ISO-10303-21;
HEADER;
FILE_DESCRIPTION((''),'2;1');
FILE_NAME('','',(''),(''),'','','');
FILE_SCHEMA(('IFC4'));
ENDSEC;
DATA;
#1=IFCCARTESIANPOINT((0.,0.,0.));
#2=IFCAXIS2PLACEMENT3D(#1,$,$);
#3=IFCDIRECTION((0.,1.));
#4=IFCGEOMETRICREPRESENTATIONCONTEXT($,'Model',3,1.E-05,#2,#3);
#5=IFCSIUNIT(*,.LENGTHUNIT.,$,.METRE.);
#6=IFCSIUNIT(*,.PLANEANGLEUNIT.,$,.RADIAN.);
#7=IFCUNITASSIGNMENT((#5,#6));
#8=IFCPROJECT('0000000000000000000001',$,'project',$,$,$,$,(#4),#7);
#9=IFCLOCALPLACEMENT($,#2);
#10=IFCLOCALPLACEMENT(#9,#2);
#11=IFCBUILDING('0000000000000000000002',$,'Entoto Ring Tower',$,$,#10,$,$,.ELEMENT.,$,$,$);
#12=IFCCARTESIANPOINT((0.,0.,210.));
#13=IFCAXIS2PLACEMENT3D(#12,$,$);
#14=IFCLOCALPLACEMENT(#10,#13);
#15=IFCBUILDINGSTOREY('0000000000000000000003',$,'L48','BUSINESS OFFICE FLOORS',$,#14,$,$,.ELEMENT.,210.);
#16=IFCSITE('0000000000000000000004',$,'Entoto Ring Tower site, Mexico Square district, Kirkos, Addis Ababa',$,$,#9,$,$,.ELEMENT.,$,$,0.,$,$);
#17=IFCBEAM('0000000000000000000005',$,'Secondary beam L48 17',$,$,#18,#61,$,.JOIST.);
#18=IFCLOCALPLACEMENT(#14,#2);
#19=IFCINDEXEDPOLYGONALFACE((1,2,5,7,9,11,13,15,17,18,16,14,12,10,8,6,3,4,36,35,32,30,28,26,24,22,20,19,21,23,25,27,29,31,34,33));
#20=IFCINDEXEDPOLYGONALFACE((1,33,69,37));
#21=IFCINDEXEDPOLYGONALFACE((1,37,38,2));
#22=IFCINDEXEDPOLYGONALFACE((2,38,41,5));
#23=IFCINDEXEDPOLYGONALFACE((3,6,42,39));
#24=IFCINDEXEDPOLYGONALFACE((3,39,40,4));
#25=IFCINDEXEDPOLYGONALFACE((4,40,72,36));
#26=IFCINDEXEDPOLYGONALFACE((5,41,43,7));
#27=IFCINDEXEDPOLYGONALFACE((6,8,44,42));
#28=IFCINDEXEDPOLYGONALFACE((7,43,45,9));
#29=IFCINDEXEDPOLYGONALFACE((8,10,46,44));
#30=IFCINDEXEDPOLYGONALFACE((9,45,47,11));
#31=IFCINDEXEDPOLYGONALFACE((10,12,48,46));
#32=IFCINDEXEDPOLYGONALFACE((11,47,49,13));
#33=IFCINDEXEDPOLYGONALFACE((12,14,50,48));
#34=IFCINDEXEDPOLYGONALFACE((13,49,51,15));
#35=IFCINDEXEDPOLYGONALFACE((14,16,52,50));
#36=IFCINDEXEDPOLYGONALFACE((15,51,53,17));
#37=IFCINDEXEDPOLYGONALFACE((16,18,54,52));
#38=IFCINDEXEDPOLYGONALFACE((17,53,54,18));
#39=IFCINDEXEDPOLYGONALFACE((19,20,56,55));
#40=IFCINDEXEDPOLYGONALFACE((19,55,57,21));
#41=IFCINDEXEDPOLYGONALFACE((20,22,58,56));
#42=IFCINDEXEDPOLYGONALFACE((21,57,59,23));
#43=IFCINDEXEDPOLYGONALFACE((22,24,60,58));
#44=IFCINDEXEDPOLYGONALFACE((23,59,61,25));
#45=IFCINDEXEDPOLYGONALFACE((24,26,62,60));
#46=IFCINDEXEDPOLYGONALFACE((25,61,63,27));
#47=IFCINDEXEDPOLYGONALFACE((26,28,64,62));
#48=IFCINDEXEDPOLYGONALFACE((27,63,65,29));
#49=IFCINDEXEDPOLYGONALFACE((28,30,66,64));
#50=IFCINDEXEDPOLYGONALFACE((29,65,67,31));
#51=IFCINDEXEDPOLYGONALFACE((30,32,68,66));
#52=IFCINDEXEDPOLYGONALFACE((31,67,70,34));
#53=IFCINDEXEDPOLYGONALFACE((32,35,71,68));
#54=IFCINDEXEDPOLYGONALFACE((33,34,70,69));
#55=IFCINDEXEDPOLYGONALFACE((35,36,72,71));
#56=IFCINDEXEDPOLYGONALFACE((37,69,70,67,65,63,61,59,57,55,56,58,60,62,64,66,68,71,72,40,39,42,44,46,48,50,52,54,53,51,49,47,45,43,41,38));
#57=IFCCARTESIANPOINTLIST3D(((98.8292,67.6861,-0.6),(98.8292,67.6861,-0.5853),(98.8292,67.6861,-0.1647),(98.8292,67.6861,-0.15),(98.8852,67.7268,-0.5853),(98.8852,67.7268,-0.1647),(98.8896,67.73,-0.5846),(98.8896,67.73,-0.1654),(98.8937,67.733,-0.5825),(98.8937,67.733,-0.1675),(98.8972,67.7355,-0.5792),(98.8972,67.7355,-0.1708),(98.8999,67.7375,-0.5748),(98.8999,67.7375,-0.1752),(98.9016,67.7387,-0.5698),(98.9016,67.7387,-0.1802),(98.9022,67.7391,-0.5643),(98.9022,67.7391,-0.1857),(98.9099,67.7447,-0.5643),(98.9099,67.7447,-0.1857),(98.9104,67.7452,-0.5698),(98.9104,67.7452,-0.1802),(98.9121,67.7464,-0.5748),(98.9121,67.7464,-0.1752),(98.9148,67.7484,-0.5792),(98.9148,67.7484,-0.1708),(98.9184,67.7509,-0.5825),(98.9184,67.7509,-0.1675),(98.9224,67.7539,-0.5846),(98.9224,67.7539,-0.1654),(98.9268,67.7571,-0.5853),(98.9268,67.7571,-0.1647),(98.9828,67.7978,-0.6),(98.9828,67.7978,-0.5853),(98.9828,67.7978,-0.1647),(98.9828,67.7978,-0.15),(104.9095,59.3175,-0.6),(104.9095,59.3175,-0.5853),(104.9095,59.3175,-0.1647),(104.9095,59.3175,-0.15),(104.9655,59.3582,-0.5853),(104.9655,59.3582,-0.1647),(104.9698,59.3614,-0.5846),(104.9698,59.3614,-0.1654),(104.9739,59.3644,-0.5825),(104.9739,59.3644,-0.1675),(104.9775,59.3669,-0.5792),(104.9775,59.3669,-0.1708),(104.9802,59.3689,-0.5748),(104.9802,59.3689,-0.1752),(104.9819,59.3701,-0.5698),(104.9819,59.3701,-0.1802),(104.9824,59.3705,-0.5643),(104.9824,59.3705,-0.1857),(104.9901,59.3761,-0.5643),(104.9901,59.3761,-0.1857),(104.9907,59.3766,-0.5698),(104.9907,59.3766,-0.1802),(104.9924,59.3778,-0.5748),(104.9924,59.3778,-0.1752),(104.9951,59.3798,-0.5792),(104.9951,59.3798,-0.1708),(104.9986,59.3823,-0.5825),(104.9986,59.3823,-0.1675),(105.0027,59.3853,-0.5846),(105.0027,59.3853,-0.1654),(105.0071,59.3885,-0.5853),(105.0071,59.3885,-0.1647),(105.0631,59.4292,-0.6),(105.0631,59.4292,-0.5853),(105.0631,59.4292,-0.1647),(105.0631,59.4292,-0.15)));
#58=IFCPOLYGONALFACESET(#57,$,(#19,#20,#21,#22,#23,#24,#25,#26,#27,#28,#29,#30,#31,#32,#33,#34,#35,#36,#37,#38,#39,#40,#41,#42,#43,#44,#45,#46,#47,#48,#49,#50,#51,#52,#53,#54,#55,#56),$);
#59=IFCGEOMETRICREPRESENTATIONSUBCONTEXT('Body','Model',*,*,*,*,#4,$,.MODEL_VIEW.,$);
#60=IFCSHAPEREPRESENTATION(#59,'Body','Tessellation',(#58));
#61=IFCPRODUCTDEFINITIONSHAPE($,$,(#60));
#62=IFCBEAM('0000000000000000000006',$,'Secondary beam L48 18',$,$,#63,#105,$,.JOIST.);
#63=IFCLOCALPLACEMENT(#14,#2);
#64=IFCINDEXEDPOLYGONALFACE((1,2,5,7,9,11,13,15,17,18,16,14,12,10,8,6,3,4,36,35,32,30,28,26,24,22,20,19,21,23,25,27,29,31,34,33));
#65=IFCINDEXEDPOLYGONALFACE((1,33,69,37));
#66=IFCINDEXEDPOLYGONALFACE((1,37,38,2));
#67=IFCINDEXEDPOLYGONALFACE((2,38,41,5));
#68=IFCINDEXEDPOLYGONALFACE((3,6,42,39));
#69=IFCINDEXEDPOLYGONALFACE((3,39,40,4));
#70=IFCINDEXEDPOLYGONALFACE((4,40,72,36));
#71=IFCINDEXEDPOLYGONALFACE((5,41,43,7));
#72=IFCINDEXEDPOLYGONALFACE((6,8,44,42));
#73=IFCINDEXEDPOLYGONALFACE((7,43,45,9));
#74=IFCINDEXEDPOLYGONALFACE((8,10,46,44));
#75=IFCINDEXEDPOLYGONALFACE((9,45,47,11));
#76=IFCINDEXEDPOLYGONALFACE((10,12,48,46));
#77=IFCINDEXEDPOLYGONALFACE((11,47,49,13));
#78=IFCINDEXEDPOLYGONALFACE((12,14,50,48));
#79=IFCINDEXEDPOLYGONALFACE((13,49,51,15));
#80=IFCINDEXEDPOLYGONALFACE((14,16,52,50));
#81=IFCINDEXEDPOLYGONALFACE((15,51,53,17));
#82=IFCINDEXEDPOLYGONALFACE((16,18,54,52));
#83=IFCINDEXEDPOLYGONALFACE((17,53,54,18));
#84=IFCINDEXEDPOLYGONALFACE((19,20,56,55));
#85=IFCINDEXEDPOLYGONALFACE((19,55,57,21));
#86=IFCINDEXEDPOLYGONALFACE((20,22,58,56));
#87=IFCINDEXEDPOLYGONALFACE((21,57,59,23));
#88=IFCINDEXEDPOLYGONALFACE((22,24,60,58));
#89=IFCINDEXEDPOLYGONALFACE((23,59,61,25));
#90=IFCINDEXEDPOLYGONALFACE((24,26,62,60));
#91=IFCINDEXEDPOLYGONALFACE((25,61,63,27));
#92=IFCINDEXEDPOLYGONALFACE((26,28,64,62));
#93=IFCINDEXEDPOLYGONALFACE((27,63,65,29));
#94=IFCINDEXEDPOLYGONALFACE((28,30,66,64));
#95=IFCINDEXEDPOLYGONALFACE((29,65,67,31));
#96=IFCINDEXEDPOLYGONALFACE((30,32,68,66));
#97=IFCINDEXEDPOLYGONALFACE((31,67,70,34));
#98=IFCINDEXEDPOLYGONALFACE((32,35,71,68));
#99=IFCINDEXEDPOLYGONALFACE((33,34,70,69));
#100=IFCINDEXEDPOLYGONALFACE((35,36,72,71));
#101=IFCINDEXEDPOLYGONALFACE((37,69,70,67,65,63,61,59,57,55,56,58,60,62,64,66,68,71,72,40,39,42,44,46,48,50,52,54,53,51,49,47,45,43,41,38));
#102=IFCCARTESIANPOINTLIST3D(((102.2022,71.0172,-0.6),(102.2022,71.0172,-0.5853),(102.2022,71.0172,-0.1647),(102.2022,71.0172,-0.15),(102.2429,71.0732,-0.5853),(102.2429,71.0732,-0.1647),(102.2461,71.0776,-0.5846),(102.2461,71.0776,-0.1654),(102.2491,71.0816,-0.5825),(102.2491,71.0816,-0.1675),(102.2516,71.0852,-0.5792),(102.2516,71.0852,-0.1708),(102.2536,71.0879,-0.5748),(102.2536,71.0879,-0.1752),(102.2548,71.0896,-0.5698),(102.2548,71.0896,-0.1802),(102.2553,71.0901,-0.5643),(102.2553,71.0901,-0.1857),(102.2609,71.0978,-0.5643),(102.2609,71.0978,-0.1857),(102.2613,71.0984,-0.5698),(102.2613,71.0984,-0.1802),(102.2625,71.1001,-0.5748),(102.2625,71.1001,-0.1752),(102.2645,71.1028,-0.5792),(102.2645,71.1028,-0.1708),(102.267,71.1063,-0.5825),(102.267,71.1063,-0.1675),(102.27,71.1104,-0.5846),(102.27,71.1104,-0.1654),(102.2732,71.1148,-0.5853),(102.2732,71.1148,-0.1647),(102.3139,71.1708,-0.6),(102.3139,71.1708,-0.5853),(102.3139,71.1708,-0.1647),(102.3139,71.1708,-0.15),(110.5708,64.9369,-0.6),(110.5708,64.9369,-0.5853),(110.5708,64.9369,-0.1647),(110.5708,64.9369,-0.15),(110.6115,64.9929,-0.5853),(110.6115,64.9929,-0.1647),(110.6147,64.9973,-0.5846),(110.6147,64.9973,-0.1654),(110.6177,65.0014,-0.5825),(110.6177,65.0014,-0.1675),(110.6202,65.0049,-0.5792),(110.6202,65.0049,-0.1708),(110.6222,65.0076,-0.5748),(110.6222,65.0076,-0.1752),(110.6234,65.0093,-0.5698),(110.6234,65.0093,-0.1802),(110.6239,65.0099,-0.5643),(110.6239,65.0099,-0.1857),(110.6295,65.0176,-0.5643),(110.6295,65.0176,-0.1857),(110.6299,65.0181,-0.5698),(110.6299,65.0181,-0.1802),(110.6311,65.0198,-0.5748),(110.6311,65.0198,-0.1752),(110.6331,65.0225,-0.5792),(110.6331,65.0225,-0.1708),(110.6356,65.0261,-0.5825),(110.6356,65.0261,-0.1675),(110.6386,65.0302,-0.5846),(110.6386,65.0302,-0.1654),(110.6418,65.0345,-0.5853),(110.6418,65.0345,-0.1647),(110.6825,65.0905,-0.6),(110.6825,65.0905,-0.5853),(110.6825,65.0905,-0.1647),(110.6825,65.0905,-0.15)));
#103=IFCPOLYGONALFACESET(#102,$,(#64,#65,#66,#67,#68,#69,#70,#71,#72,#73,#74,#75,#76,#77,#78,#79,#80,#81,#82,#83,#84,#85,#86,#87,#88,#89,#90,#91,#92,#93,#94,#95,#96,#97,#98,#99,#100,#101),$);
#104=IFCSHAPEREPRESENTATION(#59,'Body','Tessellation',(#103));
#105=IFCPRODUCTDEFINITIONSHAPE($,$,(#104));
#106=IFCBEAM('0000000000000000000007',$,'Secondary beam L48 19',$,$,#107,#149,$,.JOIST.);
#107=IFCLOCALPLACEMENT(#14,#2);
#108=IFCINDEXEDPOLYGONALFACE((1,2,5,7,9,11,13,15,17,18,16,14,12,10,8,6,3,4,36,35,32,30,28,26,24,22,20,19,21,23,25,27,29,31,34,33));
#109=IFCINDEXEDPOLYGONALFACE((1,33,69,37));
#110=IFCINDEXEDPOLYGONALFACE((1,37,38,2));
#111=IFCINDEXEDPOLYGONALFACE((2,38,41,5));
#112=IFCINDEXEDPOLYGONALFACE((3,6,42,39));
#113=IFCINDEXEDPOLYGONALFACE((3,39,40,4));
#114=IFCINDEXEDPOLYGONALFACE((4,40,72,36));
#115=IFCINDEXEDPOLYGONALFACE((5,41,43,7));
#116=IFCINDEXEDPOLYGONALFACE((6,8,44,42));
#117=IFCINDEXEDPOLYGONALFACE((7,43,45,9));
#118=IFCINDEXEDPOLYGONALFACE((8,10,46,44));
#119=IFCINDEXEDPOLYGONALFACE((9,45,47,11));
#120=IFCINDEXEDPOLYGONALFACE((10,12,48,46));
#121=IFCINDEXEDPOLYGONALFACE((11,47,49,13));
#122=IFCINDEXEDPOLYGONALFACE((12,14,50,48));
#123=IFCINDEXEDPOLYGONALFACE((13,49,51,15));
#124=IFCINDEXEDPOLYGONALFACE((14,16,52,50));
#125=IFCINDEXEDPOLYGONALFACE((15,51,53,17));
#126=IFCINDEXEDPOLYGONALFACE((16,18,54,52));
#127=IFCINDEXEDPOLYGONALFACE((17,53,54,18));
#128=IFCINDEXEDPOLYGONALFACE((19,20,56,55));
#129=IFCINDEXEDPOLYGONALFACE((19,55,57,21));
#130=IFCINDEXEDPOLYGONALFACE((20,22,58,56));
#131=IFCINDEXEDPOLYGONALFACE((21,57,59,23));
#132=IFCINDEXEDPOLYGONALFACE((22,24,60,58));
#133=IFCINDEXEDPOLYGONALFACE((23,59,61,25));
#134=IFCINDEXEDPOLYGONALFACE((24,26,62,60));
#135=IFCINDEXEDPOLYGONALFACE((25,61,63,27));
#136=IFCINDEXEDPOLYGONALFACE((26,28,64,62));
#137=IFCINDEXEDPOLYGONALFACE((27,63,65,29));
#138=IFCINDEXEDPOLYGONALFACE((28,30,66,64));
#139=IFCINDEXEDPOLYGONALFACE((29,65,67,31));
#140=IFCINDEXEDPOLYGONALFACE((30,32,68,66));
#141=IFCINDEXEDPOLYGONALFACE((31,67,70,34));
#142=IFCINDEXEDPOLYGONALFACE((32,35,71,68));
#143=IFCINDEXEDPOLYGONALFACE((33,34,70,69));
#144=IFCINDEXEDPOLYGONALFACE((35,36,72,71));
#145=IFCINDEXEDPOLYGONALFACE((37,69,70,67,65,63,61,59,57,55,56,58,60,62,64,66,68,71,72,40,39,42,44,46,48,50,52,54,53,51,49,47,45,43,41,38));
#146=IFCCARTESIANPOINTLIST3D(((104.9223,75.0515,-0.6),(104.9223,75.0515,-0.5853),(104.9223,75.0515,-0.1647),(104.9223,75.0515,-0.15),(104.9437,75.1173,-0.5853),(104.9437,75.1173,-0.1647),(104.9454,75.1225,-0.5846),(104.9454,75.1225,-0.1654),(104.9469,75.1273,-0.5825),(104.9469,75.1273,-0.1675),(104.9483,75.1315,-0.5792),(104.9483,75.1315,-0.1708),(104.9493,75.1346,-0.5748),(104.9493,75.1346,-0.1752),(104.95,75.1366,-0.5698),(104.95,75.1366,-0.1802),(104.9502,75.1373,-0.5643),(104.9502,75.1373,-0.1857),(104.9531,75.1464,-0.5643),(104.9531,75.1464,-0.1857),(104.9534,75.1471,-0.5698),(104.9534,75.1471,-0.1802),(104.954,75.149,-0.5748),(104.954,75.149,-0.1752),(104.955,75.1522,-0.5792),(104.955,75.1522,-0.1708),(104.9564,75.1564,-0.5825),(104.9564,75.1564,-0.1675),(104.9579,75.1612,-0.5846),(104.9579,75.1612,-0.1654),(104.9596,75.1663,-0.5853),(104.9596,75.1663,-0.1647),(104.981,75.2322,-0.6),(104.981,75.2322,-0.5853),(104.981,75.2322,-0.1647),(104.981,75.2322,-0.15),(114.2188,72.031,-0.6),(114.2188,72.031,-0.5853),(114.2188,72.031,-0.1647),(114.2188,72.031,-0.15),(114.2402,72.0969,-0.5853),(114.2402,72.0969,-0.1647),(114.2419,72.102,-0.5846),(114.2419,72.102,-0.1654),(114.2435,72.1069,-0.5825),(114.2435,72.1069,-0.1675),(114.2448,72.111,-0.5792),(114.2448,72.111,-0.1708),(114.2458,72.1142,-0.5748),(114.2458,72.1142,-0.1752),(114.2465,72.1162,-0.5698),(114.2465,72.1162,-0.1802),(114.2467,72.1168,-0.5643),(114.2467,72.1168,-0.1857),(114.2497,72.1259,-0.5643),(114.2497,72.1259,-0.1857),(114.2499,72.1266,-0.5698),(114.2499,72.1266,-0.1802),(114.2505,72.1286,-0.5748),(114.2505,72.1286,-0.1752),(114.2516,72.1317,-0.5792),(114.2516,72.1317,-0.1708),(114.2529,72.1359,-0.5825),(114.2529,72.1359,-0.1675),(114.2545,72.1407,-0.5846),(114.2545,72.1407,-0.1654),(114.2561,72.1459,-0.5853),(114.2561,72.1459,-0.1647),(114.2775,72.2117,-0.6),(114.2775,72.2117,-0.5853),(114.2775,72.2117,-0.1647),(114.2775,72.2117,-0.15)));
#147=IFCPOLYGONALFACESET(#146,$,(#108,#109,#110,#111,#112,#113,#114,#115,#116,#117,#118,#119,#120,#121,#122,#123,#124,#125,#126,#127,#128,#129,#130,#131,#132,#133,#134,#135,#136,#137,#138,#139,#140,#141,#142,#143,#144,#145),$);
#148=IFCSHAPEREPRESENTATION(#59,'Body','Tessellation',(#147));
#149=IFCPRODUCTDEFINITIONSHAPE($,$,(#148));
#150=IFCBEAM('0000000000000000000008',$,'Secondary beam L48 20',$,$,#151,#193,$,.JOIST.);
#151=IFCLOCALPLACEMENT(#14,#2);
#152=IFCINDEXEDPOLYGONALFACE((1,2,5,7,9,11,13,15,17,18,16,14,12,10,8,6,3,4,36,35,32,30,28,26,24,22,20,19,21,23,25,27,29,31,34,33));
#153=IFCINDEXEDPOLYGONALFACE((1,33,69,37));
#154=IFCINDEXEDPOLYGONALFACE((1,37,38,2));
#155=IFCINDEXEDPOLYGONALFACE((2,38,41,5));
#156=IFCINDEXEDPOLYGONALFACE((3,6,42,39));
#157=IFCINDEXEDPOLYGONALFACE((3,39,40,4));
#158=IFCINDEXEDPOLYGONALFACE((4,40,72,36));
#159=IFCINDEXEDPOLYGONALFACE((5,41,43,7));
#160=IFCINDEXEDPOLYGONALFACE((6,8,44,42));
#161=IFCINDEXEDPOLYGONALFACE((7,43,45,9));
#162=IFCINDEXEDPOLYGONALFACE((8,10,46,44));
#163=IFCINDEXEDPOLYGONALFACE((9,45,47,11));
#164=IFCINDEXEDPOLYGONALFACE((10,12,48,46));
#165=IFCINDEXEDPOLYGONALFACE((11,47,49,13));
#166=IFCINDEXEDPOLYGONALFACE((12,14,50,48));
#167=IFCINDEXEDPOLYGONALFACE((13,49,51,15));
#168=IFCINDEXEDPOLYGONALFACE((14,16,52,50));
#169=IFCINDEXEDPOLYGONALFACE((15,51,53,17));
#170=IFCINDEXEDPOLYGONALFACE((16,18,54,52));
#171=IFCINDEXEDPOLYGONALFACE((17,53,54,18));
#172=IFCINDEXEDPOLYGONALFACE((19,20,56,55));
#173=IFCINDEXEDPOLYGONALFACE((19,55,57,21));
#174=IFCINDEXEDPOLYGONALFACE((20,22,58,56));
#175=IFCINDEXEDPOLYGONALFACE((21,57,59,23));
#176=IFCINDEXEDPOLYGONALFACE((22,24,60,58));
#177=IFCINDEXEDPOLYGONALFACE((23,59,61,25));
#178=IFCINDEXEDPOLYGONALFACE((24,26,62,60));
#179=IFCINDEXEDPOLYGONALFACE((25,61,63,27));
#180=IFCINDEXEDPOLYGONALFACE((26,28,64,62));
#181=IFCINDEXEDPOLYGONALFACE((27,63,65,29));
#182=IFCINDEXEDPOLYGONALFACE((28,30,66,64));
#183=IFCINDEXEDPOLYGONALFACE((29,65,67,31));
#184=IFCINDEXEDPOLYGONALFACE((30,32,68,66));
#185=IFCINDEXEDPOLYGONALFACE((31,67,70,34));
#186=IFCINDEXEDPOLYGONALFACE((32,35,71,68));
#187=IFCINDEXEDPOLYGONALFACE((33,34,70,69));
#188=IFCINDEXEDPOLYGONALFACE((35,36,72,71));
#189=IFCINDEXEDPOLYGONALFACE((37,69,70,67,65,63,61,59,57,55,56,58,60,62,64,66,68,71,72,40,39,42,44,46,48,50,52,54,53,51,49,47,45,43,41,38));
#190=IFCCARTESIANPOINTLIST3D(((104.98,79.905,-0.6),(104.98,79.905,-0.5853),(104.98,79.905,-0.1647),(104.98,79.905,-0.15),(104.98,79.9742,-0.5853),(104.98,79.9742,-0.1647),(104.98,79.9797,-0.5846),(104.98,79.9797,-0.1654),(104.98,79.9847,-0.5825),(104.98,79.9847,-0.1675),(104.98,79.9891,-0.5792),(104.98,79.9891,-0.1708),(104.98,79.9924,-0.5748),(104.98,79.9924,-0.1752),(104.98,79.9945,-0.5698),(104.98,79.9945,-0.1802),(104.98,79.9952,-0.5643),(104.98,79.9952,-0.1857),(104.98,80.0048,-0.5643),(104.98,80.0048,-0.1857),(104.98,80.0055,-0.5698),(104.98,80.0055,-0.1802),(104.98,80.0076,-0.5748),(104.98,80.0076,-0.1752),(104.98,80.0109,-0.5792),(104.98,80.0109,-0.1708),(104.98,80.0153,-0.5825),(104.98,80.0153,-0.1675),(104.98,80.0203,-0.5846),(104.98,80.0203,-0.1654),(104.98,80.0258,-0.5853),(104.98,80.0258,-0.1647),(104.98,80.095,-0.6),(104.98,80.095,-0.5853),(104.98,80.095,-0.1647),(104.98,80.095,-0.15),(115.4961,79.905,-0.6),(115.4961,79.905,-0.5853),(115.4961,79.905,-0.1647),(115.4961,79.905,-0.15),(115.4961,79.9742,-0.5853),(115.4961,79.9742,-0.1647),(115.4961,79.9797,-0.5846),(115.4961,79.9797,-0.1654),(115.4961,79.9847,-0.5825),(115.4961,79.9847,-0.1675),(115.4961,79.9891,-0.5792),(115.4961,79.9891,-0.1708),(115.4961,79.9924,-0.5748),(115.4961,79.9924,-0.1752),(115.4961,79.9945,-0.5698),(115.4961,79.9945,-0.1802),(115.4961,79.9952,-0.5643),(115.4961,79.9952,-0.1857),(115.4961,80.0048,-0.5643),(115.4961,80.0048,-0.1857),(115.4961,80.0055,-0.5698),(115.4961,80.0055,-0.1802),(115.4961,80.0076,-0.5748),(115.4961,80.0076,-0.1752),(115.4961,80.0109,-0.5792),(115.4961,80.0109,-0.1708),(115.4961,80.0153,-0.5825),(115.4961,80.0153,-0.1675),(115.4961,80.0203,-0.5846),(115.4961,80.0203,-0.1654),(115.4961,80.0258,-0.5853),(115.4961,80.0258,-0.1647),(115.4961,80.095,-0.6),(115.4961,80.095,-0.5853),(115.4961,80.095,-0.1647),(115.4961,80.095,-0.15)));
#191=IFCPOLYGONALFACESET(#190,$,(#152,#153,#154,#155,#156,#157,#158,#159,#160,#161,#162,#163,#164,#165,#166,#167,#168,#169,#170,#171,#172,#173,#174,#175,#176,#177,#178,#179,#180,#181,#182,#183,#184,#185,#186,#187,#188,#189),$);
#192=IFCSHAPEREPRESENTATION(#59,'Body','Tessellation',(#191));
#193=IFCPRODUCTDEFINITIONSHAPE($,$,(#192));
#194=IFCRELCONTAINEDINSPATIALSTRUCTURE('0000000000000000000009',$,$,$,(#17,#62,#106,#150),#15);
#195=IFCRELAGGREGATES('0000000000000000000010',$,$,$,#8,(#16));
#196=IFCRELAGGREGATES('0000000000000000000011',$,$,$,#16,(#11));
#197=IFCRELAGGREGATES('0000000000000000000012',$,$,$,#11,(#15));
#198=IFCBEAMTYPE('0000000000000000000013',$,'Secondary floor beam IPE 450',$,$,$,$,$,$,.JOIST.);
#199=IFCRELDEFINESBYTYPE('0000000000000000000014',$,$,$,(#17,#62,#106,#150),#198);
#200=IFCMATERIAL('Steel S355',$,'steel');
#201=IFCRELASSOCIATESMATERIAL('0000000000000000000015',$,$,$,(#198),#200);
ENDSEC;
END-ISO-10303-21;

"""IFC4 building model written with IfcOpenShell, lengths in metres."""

from ifc_helpers import new_model, si_unit, direction, frame, origin, origin_2d, place, context, subcontext, project, spatial, i_section, extrude, material, material_profile, profile_set, type_object, element, save


model = new_model("IFC4")

# Units and contexts
model_context = context("Model", 3, precision=1e-05, world=origin(), true_north=direction((0.0, 1.0)))
body_context = subcontext(model_context, "Body", "Model", "MODEL_VIEW")
ifc_project = project(units=[si_unit("LENGTHUNIT", "METRE"), si_unit("PLANEANGLEUNIT", "RADIAN")], contexts=[model_context])

# Site, building, storey
site_placement = place(None, origin())
site = spatial("IfcSite", under=ifc_project, at=site_placement, Name="Entoto Ring Tower site, Mexico Square district, Kirkos, Addis Ababa", CompositionType="ELEMENT", RefElevation=0.0)
building_placement = place(site_placement, origin())
building = spatial("IfcBuilding", under=site, at=building_placement, Name="Entoto Ring Tower", CompositionType="ELEMENT")
storey_placement = place(building_placement, frame((0.0, 0.0, 210.0)))
storey = spatial("IfcBuildingStorey", under=building, at=storey_placement, Name="L48", Description="BUSINESS OFFICE FLOORS", CompositionType="ELEMENT", Elevation=210.0)

# Beams
ifc_material_1 = material(Name="Steel S355", Category="steel")
ifc_material_profile_1 = material_profile(ifc_material_1, i_section(OverallWidth=0.1899, OverallDepth=0.45, WebThickness=0.0095, FlangeThickness=0.0146, FilletRadius=0.021, at=origin_2d()), Name="IPE 450")
ifc_profile_set_1 = profile_set([ifc_material_profile_1], Name="Steel S355")
beam_type_1 = type_object("IfcBeamType", Name="Secondary floor beam IPE 450", PredefinedType="JOIST", material=ifc_profile_set_1)
for number, where, z_axis, x_axis, name in (
    (1, (98.906, 67.7419, -0.375), (0.587794, -0.809011, 0.0), (0.809011, 0.587794, 0.0), "Secondary beam L48 17"),
    (2, (102.2581, 71.094, -0.375), (0.809011, -0.587794, 0.0), (0.587794, 0.809011, 0.0), "Secondary beam L48 18"),
):
    element("IfcBeam", number, at=place(storey_placement, frame(where, z_axis=z_axis, x_axis=x_axis)), inside=storey, type_object=beam_type_1, Name=name, PredefinedType="JOIST", context=body_context, shape_type="SweptSolid", body=[
        extrude(i_section(OverallWidth=0.1899, OverallDepth=0.45, WebThickness=0.0095, FlangeThickness=0.0146, FilletRadius=0.021, at=origin_2d()), origin(), (0.0, 0.0, 1.0), 10.3442),
    ])
beam_1_placement = place(storey_placement, frame((104.9517, 75.1418, -0.375), z_axis=(0.951061, -0.309003, 0.0), x_axis=(0.309003, 0.951061, 0.0)))
element("IfcBeam", 3, at=beam_1_placement, inside=storey, type_object=beam_type_1, Name="Secondary beam L48 19", PredefinedType="JOIST", context=body_context, shape_type="SweptSolid", body=[
    extrude(i_section(OverallWidth=0.1899, OverallDepth=0.45, WebThickness=0.0095, FlangeThickness=0.0146, FilletRadius=0.021, at=origin_2d()), origin(), (0.0, 0.0, 1.0), 9.7749),
])
beam_2_placement = place(storey_placement, frame((104.98, 80.0, -0.375), z_axis=(1.0, 0.0, 0.0), x_axis=(0.0, 1.0, 0.0)))
element("IfcBeam", 4, at=beam_2_placement, inside=storey, type_object=beam_type_1, Name="Secondary beam L48 20", PredefinedType="JOIST", context=body_context, shape_type="SweptSolid", body=[
    extrude(i_section(OverallWidth=0.1899, OverallDepth=0.45, WebThickness=0.0095, FlangeThickness=0.0146, FilletRadius=0.021, at=origin_2d()), origin(), (0.0, 0.0, 1.0), 10.5161),
])

save(model, "model.ifc")
